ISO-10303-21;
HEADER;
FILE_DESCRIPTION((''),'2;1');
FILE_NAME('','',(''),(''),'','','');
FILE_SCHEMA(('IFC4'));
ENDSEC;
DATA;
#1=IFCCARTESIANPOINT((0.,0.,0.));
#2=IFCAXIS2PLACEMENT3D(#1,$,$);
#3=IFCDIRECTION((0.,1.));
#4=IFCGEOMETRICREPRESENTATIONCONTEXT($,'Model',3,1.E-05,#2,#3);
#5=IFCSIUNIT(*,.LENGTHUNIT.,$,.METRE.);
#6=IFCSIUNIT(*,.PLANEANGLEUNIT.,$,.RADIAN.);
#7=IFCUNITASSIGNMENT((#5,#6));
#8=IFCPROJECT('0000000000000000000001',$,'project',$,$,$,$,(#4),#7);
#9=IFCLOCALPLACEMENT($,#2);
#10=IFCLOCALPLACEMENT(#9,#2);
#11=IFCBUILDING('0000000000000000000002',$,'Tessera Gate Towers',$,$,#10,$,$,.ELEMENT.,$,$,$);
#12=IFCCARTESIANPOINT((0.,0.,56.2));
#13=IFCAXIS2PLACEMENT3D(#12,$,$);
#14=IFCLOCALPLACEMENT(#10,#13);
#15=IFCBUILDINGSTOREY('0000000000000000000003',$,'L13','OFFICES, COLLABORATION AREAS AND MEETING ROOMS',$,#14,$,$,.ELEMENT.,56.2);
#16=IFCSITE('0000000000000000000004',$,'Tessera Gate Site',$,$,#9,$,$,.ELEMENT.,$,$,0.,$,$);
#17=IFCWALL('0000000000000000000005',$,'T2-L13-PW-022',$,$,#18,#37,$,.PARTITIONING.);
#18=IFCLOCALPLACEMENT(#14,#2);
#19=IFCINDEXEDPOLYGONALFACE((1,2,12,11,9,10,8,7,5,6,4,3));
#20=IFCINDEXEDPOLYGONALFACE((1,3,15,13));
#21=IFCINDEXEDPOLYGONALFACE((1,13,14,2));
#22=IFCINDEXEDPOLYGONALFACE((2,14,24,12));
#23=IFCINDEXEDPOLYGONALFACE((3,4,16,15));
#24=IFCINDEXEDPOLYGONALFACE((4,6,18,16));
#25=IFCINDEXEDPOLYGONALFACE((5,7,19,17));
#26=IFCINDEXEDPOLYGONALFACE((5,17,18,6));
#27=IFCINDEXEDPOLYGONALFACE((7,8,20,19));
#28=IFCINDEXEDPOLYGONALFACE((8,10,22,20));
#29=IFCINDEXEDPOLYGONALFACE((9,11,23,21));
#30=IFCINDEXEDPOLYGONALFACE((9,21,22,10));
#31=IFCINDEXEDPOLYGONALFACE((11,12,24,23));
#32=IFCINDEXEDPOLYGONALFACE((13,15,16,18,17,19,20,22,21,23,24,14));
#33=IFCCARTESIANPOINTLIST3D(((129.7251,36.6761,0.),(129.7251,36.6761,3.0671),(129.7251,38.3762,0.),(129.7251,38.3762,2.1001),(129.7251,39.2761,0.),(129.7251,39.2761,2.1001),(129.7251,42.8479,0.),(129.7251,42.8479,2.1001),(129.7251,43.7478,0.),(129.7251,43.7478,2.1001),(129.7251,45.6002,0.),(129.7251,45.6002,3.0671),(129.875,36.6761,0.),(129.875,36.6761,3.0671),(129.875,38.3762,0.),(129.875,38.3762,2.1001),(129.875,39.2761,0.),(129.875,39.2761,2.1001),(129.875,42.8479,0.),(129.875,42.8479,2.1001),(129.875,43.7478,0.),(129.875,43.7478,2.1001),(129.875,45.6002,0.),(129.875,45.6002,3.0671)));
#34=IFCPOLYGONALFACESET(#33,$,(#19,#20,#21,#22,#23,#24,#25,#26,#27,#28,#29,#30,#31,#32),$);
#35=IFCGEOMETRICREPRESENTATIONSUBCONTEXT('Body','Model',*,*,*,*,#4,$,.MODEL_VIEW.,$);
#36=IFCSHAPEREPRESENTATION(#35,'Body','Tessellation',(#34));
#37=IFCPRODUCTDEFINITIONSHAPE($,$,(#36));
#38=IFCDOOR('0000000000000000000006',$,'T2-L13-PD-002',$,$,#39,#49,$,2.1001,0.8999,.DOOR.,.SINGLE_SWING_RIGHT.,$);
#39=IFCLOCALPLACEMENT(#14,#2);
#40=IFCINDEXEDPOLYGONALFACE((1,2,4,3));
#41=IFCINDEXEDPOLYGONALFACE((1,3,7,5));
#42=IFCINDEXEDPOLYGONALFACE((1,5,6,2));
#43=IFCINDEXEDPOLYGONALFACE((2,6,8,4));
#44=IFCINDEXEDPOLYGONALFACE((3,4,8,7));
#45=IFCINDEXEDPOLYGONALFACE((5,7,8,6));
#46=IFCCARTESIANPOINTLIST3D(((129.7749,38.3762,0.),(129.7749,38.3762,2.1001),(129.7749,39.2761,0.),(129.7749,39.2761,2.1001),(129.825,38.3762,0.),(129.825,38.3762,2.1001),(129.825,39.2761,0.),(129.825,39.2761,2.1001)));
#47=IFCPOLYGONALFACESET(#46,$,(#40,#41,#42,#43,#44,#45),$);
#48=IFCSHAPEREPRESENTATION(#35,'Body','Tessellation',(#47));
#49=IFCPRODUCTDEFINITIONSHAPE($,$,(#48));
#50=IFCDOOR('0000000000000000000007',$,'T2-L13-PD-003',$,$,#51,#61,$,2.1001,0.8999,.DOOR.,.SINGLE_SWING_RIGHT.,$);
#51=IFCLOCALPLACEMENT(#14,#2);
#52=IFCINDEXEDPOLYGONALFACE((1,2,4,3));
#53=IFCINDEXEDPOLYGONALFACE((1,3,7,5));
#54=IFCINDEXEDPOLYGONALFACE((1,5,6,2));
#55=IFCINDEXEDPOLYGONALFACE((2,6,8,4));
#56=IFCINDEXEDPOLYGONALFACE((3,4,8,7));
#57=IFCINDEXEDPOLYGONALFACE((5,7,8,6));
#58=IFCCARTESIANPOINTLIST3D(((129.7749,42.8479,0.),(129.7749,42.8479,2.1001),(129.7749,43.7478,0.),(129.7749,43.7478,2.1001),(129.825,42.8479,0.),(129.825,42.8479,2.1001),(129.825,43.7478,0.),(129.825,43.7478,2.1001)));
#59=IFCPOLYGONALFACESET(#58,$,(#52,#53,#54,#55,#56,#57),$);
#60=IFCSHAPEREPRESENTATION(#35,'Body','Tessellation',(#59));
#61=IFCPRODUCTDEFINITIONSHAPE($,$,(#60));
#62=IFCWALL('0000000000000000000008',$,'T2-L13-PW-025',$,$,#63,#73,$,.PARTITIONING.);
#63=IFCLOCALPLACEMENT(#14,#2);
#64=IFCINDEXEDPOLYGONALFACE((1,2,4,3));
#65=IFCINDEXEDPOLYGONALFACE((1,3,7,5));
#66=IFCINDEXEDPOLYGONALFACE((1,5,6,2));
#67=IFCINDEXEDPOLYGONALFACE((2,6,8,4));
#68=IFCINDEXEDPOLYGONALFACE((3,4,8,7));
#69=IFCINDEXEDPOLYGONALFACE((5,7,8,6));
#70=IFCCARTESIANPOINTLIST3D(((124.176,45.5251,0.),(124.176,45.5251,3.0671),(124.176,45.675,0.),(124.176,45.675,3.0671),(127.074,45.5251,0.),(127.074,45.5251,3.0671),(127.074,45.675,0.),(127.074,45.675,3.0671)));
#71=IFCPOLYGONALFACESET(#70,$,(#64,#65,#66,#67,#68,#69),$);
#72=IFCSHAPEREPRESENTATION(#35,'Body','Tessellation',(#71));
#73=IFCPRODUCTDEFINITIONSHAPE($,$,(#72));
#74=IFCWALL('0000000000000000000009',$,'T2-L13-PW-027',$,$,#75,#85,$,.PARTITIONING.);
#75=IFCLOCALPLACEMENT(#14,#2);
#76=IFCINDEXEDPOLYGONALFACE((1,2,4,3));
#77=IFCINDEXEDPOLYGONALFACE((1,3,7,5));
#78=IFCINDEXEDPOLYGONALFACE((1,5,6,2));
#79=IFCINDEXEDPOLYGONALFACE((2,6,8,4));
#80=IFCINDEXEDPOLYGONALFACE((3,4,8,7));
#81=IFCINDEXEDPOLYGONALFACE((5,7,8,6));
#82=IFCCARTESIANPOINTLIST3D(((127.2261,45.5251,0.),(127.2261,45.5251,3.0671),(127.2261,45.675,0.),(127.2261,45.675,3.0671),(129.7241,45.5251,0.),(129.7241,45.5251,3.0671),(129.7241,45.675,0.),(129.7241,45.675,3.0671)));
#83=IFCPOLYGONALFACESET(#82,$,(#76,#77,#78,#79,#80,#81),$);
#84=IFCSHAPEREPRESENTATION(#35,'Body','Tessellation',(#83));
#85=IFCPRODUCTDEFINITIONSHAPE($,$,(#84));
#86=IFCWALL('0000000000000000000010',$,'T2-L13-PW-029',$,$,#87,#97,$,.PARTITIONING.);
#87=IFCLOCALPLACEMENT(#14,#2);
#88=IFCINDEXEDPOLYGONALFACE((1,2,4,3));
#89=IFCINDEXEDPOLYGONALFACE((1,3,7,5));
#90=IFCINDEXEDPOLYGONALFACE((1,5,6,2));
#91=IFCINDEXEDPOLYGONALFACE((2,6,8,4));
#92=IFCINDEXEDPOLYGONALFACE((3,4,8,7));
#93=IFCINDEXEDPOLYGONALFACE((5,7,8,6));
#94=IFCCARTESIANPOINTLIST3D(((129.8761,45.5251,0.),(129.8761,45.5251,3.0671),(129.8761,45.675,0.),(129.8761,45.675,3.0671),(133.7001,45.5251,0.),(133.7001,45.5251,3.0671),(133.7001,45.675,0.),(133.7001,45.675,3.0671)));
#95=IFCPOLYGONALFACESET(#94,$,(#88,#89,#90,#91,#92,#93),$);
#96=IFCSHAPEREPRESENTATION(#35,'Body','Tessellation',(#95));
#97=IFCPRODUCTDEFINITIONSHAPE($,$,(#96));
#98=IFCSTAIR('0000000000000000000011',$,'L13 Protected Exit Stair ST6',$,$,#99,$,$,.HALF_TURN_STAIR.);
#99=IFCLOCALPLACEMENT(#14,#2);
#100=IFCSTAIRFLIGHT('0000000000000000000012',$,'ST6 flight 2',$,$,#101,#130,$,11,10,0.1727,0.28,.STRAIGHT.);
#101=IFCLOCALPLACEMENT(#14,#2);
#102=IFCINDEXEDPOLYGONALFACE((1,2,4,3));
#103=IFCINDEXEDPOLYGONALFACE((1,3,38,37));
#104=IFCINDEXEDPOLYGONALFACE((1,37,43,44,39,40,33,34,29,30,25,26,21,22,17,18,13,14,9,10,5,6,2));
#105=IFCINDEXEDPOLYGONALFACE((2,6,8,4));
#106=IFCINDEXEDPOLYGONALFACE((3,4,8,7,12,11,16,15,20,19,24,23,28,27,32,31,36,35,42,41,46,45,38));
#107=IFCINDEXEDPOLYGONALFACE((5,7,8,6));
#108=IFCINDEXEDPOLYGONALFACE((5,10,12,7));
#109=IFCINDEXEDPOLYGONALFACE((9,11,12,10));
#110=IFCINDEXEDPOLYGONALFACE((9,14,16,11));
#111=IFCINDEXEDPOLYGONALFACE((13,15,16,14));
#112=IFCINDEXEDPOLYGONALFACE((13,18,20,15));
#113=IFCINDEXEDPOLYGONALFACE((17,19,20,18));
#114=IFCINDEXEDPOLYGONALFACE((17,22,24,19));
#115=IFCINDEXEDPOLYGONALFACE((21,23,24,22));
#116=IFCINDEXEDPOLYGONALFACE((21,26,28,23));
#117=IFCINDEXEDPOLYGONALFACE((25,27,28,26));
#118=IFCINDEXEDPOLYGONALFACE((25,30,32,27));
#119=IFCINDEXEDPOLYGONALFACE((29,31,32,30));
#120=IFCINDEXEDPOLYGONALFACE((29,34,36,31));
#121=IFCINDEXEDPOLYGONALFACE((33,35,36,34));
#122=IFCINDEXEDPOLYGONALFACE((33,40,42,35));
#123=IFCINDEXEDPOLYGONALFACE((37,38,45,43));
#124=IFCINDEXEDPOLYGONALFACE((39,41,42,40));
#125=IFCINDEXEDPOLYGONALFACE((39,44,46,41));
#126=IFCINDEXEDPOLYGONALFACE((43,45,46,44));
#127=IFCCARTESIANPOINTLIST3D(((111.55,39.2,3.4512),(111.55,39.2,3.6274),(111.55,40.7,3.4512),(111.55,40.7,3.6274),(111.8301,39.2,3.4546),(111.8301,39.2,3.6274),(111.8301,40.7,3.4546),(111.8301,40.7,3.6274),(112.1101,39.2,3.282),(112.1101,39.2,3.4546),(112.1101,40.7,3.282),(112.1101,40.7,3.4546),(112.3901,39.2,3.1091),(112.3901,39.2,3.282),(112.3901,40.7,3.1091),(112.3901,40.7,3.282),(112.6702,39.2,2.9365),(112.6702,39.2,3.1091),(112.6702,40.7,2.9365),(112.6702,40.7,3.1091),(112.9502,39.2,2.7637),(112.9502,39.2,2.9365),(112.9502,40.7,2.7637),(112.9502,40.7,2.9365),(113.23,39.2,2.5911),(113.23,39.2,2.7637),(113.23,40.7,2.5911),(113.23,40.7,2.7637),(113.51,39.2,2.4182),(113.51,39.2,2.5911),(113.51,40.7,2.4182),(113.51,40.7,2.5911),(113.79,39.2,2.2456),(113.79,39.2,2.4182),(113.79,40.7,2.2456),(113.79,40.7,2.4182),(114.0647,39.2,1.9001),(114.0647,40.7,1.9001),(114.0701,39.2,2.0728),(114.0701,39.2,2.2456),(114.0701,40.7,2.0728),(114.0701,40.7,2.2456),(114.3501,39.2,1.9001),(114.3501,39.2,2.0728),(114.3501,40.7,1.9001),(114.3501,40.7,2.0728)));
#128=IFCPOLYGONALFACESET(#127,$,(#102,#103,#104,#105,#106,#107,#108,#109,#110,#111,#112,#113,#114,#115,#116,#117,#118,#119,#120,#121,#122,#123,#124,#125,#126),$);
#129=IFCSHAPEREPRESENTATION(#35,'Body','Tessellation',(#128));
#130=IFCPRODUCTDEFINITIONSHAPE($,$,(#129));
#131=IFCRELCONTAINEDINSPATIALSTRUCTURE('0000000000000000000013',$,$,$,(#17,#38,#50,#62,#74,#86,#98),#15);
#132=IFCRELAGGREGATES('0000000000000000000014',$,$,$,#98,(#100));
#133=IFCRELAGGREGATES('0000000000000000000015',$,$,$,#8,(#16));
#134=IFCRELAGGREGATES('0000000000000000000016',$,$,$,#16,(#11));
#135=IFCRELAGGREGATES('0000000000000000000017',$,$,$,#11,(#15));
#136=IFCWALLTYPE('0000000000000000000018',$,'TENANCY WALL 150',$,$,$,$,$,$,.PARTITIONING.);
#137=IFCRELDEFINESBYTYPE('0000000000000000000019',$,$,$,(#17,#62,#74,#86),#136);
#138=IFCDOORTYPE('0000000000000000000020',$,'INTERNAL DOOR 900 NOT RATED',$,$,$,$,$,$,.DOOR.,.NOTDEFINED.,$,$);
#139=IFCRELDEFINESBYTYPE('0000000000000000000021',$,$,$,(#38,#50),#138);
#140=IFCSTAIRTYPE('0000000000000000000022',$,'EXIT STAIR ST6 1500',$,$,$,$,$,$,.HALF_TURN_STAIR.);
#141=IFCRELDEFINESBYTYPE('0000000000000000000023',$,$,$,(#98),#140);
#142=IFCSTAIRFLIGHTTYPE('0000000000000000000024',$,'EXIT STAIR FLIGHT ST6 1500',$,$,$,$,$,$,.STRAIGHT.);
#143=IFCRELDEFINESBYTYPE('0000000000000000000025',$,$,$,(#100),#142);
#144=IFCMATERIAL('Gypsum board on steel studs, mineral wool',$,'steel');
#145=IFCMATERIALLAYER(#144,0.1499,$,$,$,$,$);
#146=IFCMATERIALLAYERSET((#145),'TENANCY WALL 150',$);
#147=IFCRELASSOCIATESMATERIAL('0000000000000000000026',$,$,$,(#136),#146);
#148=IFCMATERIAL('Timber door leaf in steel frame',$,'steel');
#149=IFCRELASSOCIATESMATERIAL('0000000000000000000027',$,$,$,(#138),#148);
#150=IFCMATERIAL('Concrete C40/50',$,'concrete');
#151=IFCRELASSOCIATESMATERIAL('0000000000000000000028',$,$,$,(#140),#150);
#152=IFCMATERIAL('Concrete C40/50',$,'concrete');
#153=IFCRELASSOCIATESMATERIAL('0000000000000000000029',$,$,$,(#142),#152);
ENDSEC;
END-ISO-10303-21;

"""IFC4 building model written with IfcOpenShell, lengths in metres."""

from ifc_helpers import new_model, si_unit, direction, frame, frame_2d, origin, place, context, subcontext, project, spatial, polyline, rectangle, outline, extrude, source, transform, mapped, material, layer, layer_set, type_object, element, fill, aggregate, save


model = new_model("IFC4")

# Units and contexts
model_context = context("Model", 3, precision=1e-05, world=origin(), true_north=direction((0.0, 1.0)))
body_context = subcontext(model_context, "Body", "Model", "MODEL_VIEW")
ifc_project = project(units=[si_unit("LENGTHUNIT", "METRE"), si_unit("PLANEANGLEUNIT", "RADIAN")], contexts=[model_context])

# Site, building, storey
site_placement = place(None, origin())
site = spatial("IfcSite", under=ifc_project, at=site_placement, Name="Tessera Gate Site", CompositionType="ELEMENT", RefElevation=0.0)
building_placement = place(site_placement, origin())
building = spatial("IfcBuilding", under=site, at=building_placement, Name="Tessera Gate Towers", CompositionType="ELEMENT")
storey_placement = place(building_placement, frame((0.0, 0.0, 56.2)))
storey = spatial("IfcBuildingStorey", under=building, at=storey_placement, Name="L13", Description="OFFICES, COLLABORATION AREAS AND MEETING ROOMS", CompositionType="ELEMENT", Elevation=56.2)

# Shared definitions
shared_shape_1 = source(origin(), body_context, "Body", "SweptSolid", [
    extrude(rectangle(XDim=0.8999, YDim=2.1001, at=frame_2d((0.45, 1.05))), frame((0.0, 0.085, 0.0), z_axis=(0.0, -1.0, 0.0), x_axis=(1.0, 0.0, 0.0)), (0.0, 0.0, 1.0), 0.1699),
])
shared_shape_2 = source(origin(), body_context, "Body", "SweptSolid", [
    extrude(rectangle(XDim=0.8999, YDim=2.1001, at=frame_2d((0.45, 1.05))), frame((0.0, 0.0249, 0.0), z_axis=(0.0, -1.0, 0.0), x_axis=(1.0, 0.0, 0.0)), (0.0, 0.0, 1.0), 0.05),
])

# Wall, openings, doors
ifc_material_1 = material(Name="Gypsum board on steel studs, mineral wool", Category="steel")
ifc_layer_1 = layer(ifc_material_1, 0.1499)
ifc_layer_set_1 = layer_set([ifc_layer_1], Name="TENANCY WALL 150")
wall_type_1 = type_object("IfcWallType", Name="TENANCY WALL 150", PredefinedType="PARTITIONING", material=ifc_layer_set_1)
wall_1_placement = place(storey_placement, frame((129.8, 45.6001, 0.0), z_axis=(0.0, 0.0, 1.0), x_axis=(0.0, -1.0, 0.0)))
wall_1 = element("IfcWall", 1, at=wall_1_placement, inside=storey, type_object=wall_type_1, Name="T2-L13-PW-022", PredefinedType="PARTITIONING", context=body_context, shape_type="SweptSolid", body=[
    extrude(rectangle(XDim=8.9241, YDim=0.1499, at=frame_2d((4.4619, 0.0))), origin(), (0.0, 0.0, 1.0), 3.0671),
])
opening_1_placement = place(wall_1_placement, frame((6.324, 0.0, 0.0)))
opening_1 = element("IfcOpeningElement", 2, at=opening_1_placement, cuts=wall_1, PredefinedType="OPENING", context=body_context, shape_type="MappedRepresentation", body=[
    mapped(shared_shape_1, transform((0.0, 0.0, 0.0), scale=1.0)),
])
opening_2_placement = place(wall_1_placement, frame((1.8523, 0.0, 0.0)))
opening_2 = element("IfcOpeningElement", 3, at=opening_2_placement, cuts=wall_1, PredefinedType="OPENING", context=body_context, shape_type="MappedRepresentation", body=[
    mapped(shared_shape_1, transform((0.0, 0.0, 0.0), scale=1.0)),
])
ifc_material_2 = material(Name="Timber door leaf in steel frame", Category="steel")
door_type_1 = type_object("IfcDoorType", Name="INTERNAL DOOR 900 NOT RATED", OperationType="NOTDEFINED", PredefinedType="DOOR", material=ifc_material_2)
door_1_placement = place(opening_1_placement, origin())
door_1 = element("IfcDoor", 4, at=door_1_placement, inside=storey, type_object=door_type_1, Name="T2-L13-PD-002", OperationType="SINGLE_SWING_RIGHT", OverallHeight=2.1001, OverallWidth=0.8999, PredefinedType="DOOR", context=body_context, shape_type="MappedRepresentation", body=[
    mapped(shared_shape_2, transform((0.0, 0.0, 0.0), scale=1.0)),
])
fill(opening_1, door_1)
door_2_placement = place(opening_2_placement, origin())
door_2 = element("IfcDoor", 5, at=door_2_placement, inside=storey, type_object=door_type_1, Name="T2-L13-PD-003", OperationType="SINGLE_SWING_RIGHT", OverallHeight=2.1001, OverallWidth=0.8999, PredefinedType="DOOR", context=body_context, shape_type="MappedRepresentation", body=[
    mapped(shared_shape_2, transform((0.0, 0.0, 0.0), scale=1.0)),
])
fill(opening_2, door_2)

# Walls
wall_2_placement = place(storey_placement, frame((124.176, 45.6001, 0.0), z_axis=(0.0, 0.0, 1.0), x_axis=(1.0, 0.0, 0.0)))
element("IfcWall", 6, at=wall_2_placement, inside=storey, type_object=wall_type_1, Name="T2-L13-PW-025", PredefinedType="PARTITIONING", context=body_context, shape_type="SweptSolid", body=[
    extrude(rectangle(XDim=2.8979, YDim=0.1499, at=frame_2d((1.449, 0.0))), origin(), (0.0, 0.0, 1.0), 3.0671),
])
wall_3_placement = place(storey_placement, frame((127.2261, 45.6001, 0.0), z_axis=(0.0, 0.0, 1.0), x_axis=(1.0, 0.0, 0.0)))
element("IfcWall", 7, at=wall_3_placement, inside=storey, type_object=wall_type_1, Name="T2-L13-PW-027", PredefinedType="PARTITIONING", context=body_context, shape_type="SweptSolid", body=[
    extrude(rectangle(XDim=2.498, YDim=0.1499, at=frame_2d((1.249, 0.0))), origin(), (0.0, 0.0, 1.0), 3.0671),
])
wall_4_placement = place(storey_placement, frame((129.876, 45.6001, 0.0), z_axis=(0.0, 0.0, 1.0), x_axis=(1.0, 0.0, 0.0)))
element("IfcWall", 8, at=wall_4_placement, inside=storey, type_object=wall_type_1, Name="T2-L13-PW-029", PredefinedType="PARTITIONING", context=body_context, shape_type="SweptSolid", body=[
    extrude(rectangle(XDim=3.824, YDim=0.1499, at=frame_2d((1.9121, 0.0))), origin(), (0.0, 0.0, 1.0), 3.0671),
])

# Stair, stair flight
ifc_material_3 = material(Name="Concrete C40/50", Category="concrete")
stair_type = type_object("IfcStairType", Name="EXIT STAIR ST6 1500", PredefinedType="HALF_TURN_STAIR", material=ifc_material_3)
stair_placement = place(storey_placement, origin())
stair = element("IfcStair", 9, at=stair_placement, inside=storey, type_object=stair_type, Name="L13 Protected Exit Stair ST6", PredefinedType="HALF_TURN_STAIR")
ifc_material_4 = material(Name="Concrete C40/50", Category="concrete")
stair_flight_type = type_object("IfcStairFlightType", Name="EXIT STAIR FLIGHT ST6 1500", PredefinedType="STRAIGHT", material=ifc_material_4)
stair_flight_placement = place(storey_placement, frame((114.3501, 39.95, 1.9001), z_axis=(0.0, 0.0, 1.0), x_axis=(-1.0, 0.0, 0.0)))
stair_flight = element("IfcStairFlight", 10, at=stair_flight_placement, type_object=stair_flight_type, Name="ST6 flight 2", NumberOfRisers=11, NumberOfTreads=10, PredefinedType="STRAIGHT", RiserHeight=0.1727, TreadLength=0.28, context=body_context, shape_type="SweptSolid", body=[
    extrude(outline(polyline([(0.0, 0.0), (0.0, 0.1726), (0.28, 0.1726), (0.28, 0.3455), (0.5601, 0.3455), (0.5601, 0.5181), (0.8401, 0.5181), (0.8401, 0.6909), (1.1201, 0.6909), (1.1201, 0.8635), (1.3999, 0.8635), (1.3999, 1.0364), (1.6799, 1.0364), (1.6799, 1.209), (1.96, 1.209), (1.96, 1.3818), (2.24, 1.3818), (2.24, 1.5544), (2.52, 1.5544), (2.52, 1.7273), (2.8, 1.7273), (2.8, 1.8999), (2.8, 1.551), (0.2854, 0.0), (0.0, 0.0)])), frame((0.0, 0.75, 0.0), z_axis=(0.0, -1.0, 0.0), x_axis=(1.0, 0.0, 0.0)), (0.0, 0.0, 1.0), 1.5),
])
aggregate(stair, [stair_flight])

save(model, "model.ifc")
